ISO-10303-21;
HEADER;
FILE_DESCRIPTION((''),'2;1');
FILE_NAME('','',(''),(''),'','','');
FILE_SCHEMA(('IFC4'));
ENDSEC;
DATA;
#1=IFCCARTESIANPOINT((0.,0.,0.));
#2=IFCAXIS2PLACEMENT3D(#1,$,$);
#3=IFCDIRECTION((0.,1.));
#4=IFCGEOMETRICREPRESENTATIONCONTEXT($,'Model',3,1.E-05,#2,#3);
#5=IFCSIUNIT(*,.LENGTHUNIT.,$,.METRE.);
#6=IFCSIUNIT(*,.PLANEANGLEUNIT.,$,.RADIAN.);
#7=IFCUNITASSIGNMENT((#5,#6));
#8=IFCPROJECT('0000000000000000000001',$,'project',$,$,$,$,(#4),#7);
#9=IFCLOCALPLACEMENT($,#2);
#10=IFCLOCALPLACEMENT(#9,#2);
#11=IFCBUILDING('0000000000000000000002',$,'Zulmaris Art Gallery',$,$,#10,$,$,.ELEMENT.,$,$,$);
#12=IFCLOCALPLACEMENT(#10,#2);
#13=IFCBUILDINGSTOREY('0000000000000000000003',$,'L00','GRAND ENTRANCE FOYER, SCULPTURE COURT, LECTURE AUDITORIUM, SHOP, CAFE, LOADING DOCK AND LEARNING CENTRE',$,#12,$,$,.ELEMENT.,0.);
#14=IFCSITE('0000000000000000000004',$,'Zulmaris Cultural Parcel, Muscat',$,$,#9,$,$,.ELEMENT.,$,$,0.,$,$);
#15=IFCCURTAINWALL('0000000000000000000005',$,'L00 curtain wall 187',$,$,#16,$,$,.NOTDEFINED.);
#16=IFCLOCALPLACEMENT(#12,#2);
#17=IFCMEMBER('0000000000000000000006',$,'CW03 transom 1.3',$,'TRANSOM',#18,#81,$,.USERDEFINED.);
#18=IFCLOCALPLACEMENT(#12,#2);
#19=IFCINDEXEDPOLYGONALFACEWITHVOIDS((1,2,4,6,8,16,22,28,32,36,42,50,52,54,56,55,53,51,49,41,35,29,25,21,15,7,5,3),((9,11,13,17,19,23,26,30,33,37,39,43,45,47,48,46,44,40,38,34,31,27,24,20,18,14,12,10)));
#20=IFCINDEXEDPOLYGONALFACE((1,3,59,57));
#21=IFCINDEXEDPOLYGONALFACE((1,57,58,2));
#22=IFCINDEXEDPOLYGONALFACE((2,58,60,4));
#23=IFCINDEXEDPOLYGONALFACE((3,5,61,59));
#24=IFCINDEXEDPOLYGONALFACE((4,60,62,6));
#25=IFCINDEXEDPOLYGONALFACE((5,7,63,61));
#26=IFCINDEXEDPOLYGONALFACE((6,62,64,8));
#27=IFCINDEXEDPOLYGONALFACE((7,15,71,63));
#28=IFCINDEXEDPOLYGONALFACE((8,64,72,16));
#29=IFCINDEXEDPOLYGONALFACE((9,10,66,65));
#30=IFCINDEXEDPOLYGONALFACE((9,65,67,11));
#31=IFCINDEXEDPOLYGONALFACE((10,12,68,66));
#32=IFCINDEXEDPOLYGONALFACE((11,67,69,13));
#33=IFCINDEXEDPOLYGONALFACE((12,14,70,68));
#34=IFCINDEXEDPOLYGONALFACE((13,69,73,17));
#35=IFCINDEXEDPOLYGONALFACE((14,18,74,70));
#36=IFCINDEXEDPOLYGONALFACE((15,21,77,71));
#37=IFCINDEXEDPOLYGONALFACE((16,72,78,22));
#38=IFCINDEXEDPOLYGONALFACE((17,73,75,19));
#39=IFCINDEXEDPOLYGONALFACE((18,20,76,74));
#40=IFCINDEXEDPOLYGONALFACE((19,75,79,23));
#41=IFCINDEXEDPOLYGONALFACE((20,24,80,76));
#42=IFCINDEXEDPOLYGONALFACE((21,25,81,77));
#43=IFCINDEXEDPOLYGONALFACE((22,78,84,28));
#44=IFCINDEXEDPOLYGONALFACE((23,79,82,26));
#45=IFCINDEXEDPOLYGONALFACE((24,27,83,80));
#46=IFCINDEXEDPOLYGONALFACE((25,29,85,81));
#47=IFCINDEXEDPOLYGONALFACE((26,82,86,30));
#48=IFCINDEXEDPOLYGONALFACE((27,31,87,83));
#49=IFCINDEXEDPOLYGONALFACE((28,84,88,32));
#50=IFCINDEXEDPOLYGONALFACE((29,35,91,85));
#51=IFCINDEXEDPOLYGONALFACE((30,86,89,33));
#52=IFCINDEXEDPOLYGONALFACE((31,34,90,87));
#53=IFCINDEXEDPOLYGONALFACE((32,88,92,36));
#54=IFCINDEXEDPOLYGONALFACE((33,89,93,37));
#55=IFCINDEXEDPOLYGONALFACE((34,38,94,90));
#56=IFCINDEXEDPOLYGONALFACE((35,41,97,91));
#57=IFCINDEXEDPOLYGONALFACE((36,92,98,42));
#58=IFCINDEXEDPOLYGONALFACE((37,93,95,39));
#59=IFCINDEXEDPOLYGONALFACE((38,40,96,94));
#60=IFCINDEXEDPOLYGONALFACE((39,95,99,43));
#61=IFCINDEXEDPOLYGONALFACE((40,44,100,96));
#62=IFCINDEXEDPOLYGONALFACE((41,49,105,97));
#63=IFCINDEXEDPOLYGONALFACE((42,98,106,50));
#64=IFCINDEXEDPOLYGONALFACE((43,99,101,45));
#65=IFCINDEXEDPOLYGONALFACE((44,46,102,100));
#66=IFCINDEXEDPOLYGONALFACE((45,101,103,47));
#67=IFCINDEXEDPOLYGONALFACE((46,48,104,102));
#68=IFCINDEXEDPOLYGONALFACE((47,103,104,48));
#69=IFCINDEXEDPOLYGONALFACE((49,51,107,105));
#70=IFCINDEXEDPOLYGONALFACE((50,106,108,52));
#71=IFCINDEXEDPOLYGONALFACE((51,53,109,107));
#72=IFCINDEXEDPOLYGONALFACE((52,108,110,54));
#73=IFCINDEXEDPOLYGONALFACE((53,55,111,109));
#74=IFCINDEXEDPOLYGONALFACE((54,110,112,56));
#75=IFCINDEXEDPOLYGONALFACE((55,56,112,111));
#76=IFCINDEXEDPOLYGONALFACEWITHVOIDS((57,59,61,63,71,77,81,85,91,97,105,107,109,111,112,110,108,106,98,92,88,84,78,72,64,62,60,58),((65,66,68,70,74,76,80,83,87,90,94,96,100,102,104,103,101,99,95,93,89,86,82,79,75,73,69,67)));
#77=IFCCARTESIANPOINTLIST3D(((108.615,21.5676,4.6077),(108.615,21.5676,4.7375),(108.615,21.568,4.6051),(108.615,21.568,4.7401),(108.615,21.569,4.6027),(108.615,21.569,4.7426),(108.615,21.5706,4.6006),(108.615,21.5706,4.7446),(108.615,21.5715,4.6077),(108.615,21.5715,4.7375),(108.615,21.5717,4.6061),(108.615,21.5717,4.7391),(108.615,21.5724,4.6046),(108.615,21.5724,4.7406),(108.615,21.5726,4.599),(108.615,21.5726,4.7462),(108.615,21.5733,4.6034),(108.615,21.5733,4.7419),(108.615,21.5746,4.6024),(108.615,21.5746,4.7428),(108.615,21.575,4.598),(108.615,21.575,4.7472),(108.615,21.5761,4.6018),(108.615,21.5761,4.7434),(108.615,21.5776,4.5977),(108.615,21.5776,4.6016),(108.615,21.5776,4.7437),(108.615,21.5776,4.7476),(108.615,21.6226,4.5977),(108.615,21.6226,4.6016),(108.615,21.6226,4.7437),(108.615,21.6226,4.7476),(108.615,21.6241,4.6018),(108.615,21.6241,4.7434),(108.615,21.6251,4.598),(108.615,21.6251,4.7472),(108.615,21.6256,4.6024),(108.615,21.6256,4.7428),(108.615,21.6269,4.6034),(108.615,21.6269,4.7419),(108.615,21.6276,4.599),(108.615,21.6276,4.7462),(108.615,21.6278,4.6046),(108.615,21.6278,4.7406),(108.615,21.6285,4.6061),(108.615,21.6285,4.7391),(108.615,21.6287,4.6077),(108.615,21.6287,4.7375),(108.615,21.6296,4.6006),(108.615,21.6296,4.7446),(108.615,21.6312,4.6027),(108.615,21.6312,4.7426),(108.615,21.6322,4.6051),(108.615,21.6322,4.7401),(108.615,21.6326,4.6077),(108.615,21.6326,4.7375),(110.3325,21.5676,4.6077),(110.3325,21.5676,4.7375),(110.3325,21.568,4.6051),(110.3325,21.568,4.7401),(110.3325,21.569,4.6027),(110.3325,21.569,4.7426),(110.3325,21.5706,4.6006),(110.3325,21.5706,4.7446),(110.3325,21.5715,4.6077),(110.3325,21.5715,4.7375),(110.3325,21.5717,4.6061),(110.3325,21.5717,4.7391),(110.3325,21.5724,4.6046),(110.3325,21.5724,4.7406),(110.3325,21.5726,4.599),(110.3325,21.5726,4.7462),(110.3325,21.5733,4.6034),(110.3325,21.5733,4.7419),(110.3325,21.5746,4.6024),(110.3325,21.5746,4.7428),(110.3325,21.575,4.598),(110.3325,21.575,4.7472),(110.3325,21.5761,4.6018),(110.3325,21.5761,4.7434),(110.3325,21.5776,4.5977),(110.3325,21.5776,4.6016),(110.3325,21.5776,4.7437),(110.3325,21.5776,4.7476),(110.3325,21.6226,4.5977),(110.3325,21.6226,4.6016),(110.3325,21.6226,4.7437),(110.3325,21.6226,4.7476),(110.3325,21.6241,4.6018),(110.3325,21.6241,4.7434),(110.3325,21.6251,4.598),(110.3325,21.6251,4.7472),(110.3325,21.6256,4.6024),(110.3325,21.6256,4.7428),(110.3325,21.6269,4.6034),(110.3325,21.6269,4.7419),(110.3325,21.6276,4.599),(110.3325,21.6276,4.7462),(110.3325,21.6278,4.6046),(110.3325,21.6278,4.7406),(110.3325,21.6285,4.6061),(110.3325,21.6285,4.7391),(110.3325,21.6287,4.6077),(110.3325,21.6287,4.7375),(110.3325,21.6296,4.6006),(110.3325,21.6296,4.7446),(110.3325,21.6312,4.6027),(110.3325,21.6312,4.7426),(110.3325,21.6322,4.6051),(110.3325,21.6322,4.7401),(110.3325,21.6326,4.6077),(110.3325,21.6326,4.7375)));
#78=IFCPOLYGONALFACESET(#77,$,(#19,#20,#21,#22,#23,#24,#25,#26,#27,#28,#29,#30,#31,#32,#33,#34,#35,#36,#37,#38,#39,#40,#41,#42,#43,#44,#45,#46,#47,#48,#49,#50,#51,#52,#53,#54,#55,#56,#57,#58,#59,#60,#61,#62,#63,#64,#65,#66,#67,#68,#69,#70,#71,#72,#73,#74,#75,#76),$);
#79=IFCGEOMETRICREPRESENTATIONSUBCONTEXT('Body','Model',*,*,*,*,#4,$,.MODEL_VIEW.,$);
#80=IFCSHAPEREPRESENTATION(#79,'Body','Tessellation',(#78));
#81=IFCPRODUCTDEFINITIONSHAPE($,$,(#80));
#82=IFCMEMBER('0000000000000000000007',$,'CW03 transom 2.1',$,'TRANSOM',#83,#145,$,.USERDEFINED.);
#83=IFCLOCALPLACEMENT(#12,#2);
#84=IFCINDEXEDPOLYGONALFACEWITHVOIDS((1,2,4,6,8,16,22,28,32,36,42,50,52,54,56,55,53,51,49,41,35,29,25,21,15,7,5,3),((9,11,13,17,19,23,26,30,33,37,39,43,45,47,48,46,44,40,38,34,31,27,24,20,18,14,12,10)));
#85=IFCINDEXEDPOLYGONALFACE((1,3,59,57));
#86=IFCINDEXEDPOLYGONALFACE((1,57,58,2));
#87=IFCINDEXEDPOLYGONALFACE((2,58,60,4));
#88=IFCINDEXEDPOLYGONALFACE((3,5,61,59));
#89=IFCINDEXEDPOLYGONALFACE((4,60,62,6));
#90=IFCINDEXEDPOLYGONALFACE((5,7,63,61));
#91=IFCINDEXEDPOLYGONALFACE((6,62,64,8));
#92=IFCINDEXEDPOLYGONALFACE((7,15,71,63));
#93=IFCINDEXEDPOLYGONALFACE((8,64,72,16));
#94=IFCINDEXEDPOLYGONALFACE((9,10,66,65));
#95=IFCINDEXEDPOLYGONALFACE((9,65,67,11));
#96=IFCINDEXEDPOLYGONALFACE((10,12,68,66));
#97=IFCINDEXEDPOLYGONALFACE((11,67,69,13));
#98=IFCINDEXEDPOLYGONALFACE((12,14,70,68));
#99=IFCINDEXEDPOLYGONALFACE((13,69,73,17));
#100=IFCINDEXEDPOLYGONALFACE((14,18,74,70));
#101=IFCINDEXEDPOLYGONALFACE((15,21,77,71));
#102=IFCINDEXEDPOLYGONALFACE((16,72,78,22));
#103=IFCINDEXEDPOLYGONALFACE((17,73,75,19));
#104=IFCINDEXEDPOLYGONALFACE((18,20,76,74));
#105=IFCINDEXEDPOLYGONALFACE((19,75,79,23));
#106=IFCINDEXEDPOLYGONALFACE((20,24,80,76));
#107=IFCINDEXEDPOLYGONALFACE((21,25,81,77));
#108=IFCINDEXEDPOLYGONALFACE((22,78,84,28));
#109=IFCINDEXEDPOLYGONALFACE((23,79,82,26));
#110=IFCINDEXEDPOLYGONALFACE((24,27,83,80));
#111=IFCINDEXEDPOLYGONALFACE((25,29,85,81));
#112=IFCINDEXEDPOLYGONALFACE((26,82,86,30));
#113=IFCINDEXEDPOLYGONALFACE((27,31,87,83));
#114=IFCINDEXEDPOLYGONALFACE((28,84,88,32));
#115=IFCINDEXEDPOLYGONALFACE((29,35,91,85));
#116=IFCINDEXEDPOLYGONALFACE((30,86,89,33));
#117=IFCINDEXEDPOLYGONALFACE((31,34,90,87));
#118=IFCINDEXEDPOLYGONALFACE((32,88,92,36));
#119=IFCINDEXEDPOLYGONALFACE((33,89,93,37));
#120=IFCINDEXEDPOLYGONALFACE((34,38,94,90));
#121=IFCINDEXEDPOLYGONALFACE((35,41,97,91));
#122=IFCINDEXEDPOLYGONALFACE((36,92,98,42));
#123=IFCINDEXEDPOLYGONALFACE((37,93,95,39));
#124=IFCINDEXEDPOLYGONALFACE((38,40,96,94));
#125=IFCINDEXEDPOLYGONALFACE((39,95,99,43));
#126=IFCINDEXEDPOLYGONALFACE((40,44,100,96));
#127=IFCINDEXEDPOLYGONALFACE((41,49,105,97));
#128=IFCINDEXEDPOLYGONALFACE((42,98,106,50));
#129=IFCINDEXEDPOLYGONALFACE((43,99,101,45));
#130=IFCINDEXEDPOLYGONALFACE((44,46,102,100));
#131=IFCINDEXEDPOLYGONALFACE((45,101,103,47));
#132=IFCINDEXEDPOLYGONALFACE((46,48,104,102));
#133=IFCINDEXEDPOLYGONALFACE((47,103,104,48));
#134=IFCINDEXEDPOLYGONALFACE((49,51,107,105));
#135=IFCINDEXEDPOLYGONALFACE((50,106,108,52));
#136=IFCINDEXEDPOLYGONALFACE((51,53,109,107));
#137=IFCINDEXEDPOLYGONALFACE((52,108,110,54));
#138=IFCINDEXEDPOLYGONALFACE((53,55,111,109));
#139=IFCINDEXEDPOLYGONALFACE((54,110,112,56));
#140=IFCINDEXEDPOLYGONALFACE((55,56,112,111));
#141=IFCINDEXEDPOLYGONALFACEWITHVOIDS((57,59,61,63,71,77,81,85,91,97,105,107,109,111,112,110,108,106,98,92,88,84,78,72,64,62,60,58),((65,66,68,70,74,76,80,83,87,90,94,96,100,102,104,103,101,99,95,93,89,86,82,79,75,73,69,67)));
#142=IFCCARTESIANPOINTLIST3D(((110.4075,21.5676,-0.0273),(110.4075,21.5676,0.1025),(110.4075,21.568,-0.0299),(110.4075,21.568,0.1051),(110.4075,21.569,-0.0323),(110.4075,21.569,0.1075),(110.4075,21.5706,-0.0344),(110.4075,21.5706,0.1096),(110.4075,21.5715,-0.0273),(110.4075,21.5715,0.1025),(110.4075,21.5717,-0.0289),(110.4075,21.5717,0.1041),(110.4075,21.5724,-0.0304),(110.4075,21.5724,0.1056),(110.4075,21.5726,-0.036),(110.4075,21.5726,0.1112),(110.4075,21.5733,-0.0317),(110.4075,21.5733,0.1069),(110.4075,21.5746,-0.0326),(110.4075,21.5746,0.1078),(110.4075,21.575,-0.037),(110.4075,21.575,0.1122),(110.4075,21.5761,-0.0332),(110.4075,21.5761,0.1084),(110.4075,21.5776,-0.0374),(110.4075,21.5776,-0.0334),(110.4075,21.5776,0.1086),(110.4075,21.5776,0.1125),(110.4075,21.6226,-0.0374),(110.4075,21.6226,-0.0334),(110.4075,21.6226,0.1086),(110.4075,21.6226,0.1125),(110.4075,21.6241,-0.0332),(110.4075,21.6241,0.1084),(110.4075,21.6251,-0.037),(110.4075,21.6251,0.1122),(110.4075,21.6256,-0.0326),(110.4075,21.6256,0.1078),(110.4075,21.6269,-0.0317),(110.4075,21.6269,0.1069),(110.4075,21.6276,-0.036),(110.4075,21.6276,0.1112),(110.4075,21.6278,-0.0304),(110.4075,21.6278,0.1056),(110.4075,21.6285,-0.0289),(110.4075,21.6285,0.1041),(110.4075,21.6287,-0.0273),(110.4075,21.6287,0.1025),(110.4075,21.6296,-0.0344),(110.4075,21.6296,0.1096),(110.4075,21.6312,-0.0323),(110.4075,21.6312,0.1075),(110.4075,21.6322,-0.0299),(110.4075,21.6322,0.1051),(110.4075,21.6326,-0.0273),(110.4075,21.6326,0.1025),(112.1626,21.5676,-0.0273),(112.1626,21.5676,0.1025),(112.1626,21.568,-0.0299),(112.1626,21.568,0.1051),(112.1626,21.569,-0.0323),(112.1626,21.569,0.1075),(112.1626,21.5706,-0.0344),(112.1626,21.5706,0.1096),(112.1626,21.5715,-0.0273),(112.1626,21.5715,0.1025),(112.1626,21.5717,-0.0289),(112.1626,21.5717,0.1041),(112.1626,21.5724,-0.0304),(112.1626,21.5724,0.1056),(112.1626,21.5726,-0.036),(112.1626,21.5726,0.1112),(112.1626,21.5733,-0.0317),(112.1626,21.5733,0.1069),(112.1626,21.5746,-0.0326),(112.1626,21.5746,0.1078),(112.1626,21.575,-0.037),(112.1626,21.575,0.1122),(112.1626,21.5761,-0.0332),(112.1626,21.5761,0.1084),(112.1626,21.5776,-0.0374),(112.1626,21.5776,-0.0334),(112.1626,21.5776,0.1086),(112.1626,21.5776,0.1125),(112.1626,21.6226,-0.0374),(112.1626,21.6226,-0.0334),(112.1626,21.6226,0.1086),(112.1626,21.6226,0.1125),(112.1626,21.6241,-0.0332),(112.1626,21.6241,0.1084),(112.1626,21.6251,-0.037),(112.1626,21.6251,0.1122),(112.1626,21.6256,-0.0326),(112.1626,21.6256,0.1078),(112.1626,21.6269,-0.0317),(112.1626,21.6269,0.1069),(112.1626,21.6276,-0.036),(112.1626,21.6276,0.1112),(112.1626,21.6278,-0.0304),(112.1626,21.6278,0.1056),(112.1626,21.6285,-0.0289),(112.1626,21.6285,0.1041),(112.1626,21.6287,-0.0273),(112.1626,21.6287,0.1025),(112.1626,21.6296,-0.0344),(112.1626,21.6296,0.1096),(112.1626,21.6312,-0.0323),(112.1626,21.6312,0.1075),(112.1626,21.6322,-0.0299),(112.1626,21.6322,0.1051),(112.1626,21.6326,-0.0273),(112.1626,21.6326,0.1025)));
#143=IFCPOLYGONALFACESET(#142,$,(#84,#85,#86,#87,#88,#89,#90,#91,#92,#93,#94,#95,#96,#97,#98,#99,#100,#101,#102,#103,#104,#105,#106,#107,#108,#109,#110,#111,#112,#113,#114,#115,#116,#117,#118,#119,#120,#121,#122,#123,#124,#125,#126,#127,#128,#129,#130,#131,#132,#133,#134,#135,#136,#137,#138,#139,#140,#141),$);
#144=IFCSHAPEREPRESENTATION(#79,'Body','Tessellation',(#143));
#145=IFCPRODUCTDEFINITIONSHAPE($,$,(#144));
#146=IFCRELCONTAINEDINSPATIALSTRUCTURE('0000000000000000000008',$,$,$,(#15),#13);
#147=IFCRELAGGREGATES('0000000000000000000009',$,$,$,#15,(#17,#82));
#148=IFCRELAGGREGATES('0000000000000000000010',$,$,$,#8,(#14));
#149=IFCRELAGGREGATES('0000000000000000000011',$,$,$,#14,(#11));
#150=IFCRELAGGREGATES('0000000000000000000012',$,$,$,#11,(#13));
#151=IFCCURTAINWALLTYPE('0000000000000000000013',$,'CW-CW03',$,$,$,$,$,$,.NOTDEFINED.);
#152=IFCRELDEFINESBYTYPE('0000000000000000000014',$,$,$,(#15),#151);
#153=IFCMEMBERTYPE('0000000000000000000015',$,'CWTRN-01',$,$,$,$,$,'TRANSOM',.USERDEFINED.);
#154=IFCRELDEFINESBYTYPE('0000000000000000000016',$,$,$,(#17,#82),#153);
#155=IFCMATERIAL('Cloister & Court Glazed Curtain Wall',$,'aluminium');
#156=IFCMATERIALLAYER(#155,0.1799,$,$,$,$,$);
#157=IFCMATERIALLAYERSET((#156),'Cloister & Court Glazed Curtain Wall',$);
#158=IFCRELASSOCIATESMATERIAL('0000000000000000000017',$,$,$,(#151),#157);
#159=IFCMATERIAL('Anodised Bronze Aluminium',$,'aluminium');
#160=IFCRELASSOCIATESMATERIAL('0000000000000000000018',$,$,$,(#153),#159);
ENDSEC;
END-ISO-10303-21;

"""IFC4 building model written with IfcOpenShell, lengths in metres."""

from ifc_helpers import new_model, si_unit, direction, frame, origin, origin_2d, place, context, subcontext, project, spatial, hollow_rectangle, extrude, material, layer, layer_set, material_profile, profile_set, type_object, element, aggregate, save


model = new_model("IFC4")

# Units and contexts
model_context = context("Model", 3, precision=1e-05, world=origin(), true_north=direction((0.0, 1.0)))
body_context = subcontext(model_context, "Body", "Model", "MODEL_VIEW")
ifc_project = project(units=[si_unit("LENGTHUNIT", "METRE"), si_unit("PLANEANGLEUNIT", "RADIAN")], contexts=[model_context])

# Site, building, storey
site_placement = place(None, origin())
site = spatial("IfcSite", under=ifc_project, at=site_placement, Name="Zulmaris Cultural Parcel, Muscat", CompositionType="ELEMENT", RefElevation=0.0)
building_placement = place(site_placement, origin())
building = spatial("IfcBuilding", under=site, at=building_placement, Name="Zulmaris Art Gallery", CompositionType="ELEMENT")
storey_placement = place(building_placement, origin())
storey = spatial("IfcBuildingStorey", under=building, at=storey_placement, Name="L00", Description="GRAND ENTRANCE FOYER, SCULPTURE COURT, LECTURE AUDITORIUM, SHOP, CAFE, LOADING DOCK AND LEARNING CENTRE", CompositionType="ELEMENT", Elevation=0.0)

# Shared definitions
ifc_material_1 = material(Name="Cloister & Court Glazed Curtain Wall", Category="aluminium")
ifc_layer_1 = layer(ifc_material_1, 0.1799)
ifc_layer_set_1 = layer_set([ifc_layer_1], Name="Cloister & Court Glazed Curtain Wall")
curtain_wall_type = type_object("IfcCurtainWallType", Name="CW-CW03", PredefinedType="NOTDEFINED", material=ifc_layer_set_1)
ifc_material_2 = material(Name="Anodised Bronze Aluminium", Category="aluminium")

# Curtain wall
curtain_wall_1_placement = place(storey_placement, origin())
curtain_wall_1 = element("IfcCurtainWall", 1, at=curtain_wall_1_placement, inside=storey, type_object=curtain_wall_type, Name="L00 curtain wall 187", PredefinedType="NOTDEFINED")

# Members
ifc_material_profile_1 = material_profile(ifc_material_2, hollow_rectangle(XDim=0.0649, YDim=0.1499, WallThickness=0.0039, InnerFilletRadius=0.0061, OuterFilletRadius=0.01, at=origin_2d()), Name="ALU 65x150x4")
ifc_profile_set_1 = profile_set([ifc_material_profile_1], Name="Anodised Bronze Aluminium")
member_type_1 = type_object("IfcMemberType", Name="CWTRN-01", ElementType="TRANSOM", PredefinedType="USERDEFINED", material=ifc_profile_set_1)
member_1_placement = place(storey_placement, frame((108.615, 21.6001, 4.6726), z_axis=(1.0, 0.0, 0.0), x_axis=(0.0, 1.0, 0.0)))
member_1 = element("IfcMember", 2, at=member_1_placement, type_object=member_type_1, Name="CW03 transom 1.3", ObjectType="TRANSOM", PredefinedType="USERDEFINED", context=body_context, shape_type="SweptSolid", body=[
    extrude(hollow_rectangle(XDim=0.0649, YDim=0.1499, WallThickness=0.0039, InnerFilletRadius=0.0061, OuterFilletRadius=0.01, at=origin_2d()), origin(), (0.0, 0.0, 1.0), 1.7175),
])
member_2_placement = place(storey_placement, frame((110.4075, 21.6001, 0.0376), z_axis=(1.0, 0.0, 0.0), x_axis=(0.0, 1.0, 0.0)))
member_2 = element("IfcMember", 3, at=member_2_placement, type_object=member_type_1, Name="CW03 transom 2.1", ObjectType="TRANSOM", PredefinedType="USERDEFINED", context=body_context, shape_type="SweptSolid", body=[
    extrude(hollow_rectangle(XDim=0.0649, YDim=0.1499, WallThickness=0.0039, InnerFilletRadius=0.0061, OuterFilletRadius=0.01, at=origin_2d()), origin(), (0.0, 0.0, 1.0), 1.7551),
])

aggregate(curtain_wall_1, [member_1, member_2])

save(model, "model.ifc")
